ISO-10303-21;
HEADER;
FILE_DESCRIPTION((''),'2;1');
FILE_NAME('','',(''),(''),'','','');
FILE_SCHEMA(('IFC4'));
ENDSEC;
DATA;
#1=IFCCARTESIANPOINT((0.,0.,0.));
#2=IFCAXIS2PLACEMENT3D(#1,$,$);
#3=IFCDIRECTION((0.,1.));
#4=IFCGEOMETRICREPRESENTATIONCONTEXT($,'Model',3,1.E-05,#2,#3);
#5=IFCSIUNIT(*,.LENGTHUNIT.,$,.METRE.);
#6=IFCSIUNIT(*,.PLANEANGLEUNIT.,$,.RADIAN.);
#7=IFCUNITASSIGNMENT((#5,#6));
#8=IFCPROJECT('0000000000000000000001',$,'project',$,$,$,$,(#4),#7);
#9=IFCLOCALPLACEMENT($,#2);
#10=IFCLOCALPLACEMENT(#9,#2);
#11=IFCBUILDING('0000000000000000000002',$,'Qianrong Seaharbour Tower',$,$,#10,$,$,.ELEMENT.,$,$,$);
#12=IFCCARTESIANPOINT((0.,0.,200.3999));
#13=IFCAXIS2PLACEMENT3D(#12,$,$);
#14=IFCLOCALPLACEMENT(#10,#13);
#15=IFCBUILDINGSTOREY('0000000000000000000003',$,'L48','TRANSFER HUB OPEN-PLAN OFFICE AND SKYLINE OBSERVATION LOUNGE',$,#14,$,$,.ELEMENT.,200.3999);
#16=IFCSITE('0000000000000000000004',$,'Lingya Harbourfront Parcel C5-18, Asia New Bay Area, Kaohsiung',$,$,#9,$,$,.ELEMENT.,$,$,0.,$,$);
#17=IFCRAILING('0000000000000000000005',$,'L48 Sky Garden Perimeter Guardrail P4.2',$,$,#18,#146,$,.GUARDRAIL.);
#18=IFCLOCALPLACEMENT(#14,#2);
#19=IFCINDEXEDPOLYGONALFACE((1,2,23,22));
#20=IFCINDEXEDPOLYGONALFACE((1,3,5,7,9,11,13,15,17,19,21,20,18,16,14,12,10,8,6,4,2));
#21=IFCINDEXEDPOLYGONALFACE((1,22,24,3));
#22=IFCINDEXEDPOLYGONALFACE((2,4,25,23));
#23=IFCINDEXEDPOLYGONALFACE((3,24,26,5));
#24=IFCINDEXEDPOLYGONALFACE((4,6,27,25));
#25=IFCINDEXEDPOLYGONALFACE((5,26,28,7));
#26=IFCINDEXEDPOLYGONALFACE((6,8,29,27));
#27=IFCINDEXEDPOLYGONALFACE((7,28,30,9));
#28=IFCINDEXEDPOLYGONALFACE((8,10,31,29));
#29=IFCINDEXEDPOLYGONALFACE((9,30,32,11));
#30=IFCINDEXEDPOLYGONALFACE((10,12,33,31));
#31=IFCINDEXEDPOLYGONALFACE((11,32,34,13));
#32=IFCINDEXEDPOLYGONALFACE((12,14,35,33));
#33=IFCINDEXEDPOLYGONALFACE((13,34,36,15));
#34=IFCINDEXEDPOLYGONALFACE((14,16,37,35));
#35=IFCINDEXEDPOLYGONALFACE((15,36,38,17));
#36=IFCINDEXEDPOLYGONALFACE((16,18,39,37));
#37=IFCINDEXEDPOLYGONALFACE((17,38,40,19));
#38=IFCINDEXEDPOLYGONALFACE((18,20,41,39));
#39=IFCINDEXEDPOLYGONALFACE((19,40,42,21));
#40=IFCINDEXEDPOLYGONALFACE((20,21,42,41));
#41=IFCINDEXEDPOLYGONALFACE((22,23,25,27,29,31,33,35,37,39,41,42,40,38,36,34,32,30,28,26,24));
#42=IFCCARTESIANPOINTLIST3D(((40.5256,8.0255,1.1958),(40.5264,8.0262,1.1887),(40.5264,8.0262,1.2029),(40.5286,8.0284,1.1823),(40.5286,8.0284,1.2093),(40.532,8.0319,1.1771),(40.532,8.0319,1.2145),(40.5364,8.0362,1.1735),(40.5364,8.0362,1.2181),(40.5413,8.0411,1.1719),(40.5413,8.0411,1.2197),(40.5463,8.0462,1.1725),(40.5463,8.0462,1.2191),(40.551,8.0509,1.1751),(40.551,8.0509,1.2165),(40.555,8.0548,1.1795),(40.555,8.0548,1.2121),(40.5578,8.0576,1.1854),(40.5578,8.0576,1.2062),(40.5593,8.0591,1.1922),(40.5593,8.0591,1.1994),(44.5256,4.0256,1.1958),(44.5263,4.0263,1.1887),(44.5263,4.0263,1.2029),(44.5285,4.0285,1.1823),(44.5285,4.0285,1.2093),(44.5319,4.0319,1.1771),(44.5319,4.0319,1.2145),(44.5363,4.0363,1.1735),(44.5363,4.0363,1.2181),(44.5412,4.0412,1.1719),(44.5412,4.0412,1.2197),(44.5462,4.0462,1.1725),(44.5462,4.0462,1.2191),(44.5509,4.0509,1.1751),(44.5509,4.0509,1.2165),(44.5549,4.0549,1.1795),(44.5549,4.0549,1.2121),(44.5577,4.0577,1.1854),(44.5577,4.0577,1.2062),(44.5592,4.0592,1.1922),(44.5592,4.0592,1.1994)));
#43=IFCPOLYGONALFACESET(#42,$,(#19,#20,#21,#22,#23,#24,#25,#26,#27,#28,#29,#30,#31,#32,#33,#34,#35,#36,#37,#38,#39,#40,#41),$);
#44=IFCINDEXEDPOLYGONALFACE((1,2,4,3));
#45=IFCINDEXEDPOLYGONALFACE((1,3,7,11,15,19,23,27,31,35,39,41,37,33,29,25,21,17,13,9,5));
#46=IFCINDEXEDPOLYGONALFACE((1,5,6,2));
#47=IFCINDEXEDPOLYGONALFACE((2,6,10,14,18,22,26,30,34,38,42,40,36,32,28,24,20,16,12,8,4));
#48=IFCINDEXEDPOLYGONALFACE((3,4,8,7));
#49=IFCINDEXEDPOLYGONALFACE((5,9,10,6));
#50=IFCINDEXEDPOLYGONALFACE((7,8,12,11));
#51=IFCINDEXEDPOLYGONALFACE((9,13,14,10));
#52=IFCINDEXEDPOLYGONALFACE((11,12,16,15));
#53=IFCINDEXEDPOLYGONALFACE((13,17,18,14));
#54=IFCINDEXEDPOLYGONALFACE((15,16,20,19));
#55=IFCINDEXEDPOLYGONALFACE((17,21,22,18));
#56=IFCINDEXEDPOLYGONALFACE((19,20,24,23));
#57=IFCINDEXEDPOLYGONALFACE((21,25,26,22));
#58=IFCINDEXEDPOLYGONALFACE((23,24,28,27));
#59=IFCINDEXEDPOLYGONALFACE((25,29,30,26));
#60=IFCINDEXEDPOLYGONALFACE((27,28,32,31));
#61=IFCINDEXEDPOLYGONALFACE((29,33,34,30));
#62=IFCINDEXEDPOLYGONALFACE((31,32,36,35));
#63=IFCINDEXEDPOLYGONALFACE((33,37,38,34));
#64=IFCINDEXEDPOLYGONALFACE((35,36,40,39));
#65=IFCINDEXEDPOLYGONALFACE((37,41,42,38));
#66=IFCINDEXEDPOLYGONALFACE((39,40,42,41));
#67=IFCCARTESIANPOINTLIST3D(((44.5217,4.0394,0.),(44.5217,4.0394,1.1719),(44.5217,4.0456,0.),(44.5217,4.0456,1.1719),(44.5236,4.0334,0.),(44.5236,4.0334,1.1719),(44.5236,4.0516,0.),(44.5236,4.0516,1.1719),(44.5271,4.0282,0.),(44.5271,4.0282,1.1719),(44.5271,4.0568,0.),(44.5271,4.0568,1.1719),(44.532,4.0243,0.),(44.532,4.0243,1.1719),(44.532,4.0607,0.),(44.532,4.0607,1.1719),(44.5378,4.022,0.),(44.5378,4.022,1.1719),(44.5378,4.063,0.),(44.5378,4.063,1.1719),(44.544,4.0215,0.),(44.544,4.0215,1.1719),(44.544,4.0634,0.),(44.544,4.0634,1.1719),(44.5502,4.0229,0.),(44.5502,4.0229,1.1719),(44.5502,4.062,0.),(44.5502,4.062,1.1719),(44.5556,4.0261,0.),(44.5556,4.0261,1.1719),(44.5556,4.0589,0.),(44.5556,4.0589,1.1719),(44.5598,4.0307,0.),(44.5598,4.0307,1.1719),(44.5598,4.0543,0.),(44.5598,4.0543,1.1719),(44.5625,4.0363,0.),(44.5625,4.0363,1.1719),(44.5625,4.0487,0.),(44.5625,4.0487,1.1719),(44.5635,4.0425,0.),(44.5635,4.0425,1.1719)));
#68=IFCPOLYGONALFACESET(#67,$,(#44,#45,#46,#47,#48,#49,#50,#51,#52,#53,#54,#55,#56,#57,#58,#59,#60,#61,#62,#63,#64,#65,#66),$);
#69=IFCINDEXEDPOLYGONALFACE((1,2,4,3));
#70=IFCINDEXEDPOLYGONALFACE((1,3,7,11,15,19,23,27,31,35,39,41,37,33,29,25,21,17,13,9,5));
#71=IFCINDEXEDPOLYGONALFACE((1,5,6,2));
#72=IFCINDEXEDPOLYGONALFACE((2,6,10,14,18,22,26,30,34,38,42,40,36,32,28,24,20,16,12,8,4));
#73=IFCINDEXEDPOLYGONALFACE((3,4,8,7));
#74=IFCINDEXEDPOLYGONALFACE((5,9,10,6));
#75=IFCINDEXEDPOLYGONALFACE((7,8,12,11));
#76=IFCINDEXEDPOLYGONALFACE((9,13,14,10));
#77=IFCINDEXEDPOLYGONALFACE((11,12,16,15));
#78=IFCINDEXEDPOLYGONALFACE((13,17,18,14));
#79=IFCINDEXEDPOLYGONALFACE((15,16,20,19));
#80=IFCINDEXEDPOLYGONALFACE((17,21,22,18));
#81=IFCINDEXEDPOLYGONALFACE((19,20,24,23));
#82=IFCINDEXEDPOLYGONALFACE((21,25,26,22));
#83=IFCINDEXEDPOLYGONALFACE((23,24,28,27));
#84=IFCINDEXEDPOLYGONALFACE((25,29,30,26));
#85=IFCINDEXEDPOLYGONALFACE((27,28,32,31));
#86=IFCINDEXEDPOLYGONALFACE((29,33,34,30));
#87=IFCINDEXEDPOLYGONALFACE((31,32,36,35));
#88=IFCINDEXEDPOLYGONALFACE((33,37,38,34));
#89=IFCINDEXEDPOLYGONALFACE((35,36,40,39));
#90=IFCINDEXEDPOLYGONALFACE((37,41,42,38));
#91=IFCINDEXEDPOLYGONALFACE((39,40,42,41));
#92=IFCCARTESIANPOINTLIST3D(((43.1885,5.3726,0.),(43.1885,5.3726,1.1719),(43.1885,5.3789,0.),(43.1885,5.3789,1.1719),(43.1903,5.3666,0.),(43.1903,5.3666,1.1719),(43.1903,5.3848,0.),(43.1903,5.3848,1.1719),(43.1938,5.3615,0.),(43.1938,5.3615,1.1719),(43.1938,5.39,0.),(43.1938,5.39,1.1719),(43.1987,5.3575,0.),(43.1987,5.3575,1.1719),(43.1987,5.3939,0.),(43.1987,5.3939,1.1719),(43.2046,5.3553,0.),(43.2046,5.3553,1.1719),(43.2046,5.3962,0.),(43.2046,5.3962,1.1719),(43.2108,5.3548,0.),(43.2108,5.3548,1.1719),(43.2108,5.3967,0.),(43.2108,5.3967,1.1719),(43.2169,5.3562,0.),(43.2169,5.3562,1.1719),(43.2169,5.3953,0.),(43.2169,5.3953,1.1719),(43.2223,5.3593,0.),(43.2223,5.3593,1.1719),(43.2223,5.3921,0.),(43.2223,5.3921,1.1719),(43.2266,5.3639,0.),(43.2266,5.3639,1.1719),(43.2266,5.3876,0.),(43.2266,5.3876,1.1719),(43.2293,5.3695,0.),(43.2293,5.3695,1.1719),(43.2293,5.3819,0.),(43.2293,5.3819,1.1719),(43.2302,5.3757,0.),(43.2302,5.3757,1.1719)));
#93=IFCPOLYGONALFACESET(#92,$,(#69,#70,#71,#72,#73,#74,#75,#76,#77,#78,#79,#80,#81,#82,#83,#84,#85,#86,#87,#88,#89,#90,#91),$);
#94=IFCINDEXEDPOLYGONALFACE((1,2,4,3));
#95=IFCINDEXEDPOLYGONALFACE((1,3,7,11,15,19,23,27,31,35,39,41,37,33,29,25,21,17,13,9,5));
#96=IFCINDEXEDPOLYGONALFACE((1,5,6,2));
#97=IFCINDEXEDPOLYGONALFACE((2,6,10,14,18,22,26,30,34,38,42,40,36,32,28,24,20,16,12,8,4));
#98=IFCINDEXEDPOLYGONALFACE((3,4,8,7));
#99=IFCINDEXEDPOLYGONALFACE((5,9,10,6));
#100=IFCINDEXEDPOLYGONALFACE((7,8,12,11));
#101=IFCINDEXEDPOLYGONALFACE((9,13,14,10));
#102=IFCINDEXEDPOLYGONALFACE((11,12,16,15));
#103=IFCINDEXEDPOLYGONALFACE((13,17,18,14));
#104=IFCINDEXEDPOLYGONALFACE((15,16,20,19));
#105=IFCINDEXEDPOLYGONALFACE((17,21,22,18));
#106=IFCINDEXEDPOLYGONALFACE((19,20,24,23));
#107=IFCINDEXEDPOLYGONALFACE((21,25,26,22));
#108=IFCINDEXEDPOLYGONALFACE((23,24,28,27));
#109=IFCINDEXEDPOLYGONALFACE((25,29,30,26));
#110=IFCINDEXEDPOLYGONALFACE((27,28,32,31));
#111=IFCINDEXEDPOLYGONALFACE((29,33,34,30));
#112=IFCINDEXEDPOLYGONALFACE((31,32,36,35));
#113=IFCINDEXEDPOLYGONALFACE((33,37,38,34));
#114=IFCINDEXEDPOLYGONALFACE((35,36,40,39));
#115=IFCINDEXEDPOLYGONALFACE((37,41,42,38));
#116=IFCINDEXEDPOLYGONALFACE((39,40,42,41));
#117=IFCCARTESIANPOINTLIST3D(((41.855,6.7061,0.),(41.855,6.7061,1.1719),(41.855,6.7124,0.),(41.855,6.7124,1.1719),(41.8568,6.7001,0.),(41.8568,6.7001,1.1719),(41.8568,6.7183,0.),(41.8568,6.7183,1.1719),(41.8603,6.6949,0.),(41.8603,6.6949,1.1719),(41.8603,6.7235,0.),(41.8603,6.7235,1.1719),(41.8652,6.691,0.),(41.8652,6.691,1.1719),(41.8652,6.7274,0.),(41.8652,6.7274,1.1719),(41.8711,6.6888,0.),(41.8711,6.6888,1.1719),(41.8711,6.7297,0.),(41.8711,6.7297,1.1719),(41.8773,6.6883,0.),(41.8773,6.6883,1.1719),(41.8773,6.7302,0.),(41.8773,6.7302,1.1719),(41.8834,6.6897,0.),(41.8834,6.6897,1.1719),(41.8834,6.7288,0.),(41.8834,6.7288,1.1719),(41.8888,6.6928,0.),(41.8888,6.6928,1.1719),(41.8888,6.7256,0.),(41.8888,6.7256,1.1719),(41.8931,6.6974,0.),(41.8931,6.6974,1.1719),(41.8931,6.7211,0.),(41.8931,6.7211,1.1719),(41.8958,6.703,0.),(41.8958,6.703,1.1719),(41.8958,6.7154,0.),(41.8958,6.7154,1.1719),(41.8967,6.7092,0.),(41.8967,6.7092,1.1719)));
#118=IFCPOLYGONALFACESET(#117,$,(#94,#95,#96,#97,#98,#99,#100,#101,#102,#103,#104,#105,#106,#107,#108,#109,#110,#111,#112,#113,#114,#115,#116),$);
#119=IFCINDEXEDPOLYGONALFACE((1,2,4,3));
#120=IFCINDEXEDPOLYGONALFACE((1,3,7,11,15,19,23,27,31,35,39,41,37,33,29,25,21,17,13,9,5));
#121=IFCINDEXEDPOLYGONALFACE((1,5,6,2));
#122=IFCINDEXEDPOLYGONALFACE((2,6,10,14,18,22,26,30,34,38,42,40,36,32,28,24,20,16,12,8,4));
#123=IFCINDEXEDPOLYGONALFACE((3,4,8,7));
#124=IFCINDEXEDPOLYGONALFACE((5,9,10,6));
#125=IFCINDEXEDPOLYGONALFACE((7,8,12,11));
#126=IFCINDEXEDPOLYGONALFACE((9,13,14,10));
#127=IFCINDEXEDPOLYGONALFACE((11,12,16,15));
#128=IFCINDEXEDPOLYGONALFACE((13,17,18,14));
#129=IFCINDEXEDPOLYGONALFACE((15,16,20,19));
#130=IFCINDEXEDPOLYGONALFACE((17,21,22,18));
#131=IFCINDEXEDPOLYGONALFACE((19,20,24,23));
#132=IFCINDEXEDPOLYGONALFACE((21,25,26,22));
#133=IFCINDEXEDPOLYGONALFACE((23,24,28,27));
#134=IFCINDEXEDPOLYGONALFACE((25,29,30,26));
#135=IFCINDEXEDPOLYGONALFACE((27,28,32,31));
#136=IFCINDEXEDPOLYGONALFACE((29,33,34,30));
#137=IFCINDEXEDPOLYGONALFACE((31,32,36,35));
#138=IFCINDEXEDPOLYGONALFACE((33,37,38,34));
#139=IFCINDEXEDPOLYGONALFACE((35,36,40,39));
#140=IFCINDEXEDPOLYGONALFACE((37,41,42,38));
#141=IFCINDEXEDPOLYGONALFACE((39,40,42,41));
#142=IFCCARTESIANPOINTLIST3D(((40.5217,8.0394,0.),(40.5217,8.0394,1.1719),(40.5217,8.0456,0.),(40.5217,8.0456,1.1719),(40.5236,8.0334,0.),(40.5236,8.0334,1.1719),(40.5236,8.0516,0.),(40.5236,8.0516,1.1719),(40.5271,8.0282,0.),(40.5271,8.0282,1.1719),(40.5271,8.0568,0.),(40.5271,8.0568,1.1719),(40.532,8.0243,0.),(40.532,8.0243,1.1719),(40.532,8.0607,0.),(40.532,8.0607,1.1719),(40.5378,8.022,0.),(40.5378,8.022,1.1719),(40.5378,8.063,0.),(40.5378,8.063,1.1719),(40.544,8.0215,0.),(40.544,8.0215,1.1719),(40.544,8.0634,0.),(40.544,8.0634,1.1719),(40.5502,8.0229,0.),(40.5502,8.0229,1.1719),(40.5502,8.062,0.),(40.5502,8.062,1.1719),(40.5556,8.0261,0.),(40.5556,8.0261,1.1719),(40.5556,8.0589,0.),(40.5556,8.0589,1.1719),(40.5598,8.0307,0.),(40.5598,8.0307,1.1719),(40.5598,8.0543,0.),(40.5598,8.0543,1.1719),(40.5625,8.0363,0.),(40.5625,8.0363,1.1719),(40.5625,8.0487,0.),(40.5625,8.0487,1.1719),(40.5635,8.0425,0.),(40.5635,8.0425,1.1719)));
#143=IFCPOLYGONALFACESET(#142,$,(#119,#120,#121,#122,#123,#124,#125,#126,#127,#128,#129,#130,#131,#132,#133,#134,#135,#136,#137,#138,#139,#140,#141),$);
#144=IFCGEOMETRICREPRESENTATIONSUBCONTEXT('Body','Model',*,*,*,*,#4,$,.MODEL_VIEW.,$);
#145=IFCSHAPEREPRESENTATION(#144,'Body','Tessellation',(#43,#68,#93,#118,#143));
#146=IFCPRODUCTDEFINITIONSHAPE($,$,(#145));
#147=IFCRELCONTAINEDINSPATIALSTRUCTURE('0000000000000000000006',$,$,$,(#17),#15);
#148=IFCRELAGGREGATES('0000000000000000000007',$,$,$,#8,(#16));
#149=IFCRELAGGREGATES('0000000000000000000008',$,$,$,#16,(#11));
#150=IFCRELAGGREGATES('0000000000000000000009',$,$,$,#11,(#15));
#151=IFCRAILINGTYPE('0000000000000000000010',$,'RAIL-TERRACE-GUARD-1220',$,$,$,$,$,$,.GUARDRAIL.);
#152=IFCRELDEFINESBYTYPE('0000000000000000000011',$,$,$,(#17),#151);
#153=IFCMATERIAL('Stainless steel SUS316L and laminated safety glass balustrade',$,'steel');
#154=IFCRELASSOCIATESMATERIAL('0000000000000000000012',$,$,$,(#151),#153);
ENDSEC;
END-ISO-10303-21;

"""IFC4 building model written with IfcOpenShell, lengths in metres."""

from ifc_helpers import new_model, si_unit, direction, frame, origin, origin_2d, place, context, subcontext, project, spatial, circle, extrude, material, type_object, element, save


model = new_model("IFC4")

# Units and contexts
model_context = context("Model", 3, precision=1e-05, world=origin(), true_north=direction((0.0, 1.0)))
body_context = subcontext(model_context, "Body", "Model", "MODEL_VIEW")
ifc_project = project(units=[si_unit("LENGTHUNIT", "METRE"), si_unit("PLANEANGLEUNIT", "RADIAN")], contexts=[model_context])

# Site, building, storey
site_placement = place(None, origin())
site = spatial("IfcSite", under=ifc_project, at=site_placement, Name="Lingya Harbourfront Parcel C5-18, Asia New Bay Area, Kaohsiung", CompositionType="ELEMENT", RefElevation=0.0)
building_placement = place(site_placement, origin())
building = spatial("IfcBuilding", under=site, at=building_placement, Name="Qianrong Seaharbour Tower", CompositionType="ELEMENT")
storey_placement = place(building_placement, frame((0.0, 0.0, 200.3999)))
storey = spatial("IfcBuildingStorey", under=building, at=storey_placement, Name="L48", Description="TRANSFER HUB OPEN-PLAN OFFICE AND SKYLINE OBSERVATION LOUNGE", CompositionType="ELEMENT", Elevation=200.3999)

# Railing
ifc_material_1 = material(Name="Stainless steel SUS316L and laminated safety glass balustrade", Category="steel")
railing_type = type_object("IfcRailingType", Name="RAIL-TERRACE-GUARD-1220", PredefinedType="GUARDRAIL", material=ifc_material_1)
railing_placement = place(storey_placement, frame((44.5425, 4.0425, 0.0)))
element("IfcRailing", 1, at=railing_placement, inside=storey, type_object=railing_type, Name="L48 Sky Garden Perimeter Guardrail P4.2", PredefinedType="GUARDRAIL", context=body_context, shape_type="SweptSolid", body=[
    extrude(circle(Radius=0.0239, at=origin_2d()), frame((0.0, 0.0, 1.1958), z_axis=(-0.707107, 0.707107, 0.0), x_axis=(-0.707107, -0.707107, 0.0)), (0.0, 0.0, 1.0), 5.6567),
    extrude(circle(Radius=0.021, at=origin_2d()), origin(), (0.0, 0.0, 1.0), 1.1719),
    extrude(circle(Radius=0.021, at=origin_2d()), frame((-1.3333, 1.3333, 0.0)), (0.0, 0.0, 1.0), 1.1719),
    extrude(circle(Radius=0.021, at=origin_2d()), frame((-2.6667, 2.6667, 0.0)), (0.0, 0.0, 1.0), 1.1719),
    extrude(circle(Radius=0.021, at=origin_2d()), frame((-4.0, 4.0, 0.0)), (0.0, 0.0, 1.0), 1.1719),
])

save(model, "model.ifc")
